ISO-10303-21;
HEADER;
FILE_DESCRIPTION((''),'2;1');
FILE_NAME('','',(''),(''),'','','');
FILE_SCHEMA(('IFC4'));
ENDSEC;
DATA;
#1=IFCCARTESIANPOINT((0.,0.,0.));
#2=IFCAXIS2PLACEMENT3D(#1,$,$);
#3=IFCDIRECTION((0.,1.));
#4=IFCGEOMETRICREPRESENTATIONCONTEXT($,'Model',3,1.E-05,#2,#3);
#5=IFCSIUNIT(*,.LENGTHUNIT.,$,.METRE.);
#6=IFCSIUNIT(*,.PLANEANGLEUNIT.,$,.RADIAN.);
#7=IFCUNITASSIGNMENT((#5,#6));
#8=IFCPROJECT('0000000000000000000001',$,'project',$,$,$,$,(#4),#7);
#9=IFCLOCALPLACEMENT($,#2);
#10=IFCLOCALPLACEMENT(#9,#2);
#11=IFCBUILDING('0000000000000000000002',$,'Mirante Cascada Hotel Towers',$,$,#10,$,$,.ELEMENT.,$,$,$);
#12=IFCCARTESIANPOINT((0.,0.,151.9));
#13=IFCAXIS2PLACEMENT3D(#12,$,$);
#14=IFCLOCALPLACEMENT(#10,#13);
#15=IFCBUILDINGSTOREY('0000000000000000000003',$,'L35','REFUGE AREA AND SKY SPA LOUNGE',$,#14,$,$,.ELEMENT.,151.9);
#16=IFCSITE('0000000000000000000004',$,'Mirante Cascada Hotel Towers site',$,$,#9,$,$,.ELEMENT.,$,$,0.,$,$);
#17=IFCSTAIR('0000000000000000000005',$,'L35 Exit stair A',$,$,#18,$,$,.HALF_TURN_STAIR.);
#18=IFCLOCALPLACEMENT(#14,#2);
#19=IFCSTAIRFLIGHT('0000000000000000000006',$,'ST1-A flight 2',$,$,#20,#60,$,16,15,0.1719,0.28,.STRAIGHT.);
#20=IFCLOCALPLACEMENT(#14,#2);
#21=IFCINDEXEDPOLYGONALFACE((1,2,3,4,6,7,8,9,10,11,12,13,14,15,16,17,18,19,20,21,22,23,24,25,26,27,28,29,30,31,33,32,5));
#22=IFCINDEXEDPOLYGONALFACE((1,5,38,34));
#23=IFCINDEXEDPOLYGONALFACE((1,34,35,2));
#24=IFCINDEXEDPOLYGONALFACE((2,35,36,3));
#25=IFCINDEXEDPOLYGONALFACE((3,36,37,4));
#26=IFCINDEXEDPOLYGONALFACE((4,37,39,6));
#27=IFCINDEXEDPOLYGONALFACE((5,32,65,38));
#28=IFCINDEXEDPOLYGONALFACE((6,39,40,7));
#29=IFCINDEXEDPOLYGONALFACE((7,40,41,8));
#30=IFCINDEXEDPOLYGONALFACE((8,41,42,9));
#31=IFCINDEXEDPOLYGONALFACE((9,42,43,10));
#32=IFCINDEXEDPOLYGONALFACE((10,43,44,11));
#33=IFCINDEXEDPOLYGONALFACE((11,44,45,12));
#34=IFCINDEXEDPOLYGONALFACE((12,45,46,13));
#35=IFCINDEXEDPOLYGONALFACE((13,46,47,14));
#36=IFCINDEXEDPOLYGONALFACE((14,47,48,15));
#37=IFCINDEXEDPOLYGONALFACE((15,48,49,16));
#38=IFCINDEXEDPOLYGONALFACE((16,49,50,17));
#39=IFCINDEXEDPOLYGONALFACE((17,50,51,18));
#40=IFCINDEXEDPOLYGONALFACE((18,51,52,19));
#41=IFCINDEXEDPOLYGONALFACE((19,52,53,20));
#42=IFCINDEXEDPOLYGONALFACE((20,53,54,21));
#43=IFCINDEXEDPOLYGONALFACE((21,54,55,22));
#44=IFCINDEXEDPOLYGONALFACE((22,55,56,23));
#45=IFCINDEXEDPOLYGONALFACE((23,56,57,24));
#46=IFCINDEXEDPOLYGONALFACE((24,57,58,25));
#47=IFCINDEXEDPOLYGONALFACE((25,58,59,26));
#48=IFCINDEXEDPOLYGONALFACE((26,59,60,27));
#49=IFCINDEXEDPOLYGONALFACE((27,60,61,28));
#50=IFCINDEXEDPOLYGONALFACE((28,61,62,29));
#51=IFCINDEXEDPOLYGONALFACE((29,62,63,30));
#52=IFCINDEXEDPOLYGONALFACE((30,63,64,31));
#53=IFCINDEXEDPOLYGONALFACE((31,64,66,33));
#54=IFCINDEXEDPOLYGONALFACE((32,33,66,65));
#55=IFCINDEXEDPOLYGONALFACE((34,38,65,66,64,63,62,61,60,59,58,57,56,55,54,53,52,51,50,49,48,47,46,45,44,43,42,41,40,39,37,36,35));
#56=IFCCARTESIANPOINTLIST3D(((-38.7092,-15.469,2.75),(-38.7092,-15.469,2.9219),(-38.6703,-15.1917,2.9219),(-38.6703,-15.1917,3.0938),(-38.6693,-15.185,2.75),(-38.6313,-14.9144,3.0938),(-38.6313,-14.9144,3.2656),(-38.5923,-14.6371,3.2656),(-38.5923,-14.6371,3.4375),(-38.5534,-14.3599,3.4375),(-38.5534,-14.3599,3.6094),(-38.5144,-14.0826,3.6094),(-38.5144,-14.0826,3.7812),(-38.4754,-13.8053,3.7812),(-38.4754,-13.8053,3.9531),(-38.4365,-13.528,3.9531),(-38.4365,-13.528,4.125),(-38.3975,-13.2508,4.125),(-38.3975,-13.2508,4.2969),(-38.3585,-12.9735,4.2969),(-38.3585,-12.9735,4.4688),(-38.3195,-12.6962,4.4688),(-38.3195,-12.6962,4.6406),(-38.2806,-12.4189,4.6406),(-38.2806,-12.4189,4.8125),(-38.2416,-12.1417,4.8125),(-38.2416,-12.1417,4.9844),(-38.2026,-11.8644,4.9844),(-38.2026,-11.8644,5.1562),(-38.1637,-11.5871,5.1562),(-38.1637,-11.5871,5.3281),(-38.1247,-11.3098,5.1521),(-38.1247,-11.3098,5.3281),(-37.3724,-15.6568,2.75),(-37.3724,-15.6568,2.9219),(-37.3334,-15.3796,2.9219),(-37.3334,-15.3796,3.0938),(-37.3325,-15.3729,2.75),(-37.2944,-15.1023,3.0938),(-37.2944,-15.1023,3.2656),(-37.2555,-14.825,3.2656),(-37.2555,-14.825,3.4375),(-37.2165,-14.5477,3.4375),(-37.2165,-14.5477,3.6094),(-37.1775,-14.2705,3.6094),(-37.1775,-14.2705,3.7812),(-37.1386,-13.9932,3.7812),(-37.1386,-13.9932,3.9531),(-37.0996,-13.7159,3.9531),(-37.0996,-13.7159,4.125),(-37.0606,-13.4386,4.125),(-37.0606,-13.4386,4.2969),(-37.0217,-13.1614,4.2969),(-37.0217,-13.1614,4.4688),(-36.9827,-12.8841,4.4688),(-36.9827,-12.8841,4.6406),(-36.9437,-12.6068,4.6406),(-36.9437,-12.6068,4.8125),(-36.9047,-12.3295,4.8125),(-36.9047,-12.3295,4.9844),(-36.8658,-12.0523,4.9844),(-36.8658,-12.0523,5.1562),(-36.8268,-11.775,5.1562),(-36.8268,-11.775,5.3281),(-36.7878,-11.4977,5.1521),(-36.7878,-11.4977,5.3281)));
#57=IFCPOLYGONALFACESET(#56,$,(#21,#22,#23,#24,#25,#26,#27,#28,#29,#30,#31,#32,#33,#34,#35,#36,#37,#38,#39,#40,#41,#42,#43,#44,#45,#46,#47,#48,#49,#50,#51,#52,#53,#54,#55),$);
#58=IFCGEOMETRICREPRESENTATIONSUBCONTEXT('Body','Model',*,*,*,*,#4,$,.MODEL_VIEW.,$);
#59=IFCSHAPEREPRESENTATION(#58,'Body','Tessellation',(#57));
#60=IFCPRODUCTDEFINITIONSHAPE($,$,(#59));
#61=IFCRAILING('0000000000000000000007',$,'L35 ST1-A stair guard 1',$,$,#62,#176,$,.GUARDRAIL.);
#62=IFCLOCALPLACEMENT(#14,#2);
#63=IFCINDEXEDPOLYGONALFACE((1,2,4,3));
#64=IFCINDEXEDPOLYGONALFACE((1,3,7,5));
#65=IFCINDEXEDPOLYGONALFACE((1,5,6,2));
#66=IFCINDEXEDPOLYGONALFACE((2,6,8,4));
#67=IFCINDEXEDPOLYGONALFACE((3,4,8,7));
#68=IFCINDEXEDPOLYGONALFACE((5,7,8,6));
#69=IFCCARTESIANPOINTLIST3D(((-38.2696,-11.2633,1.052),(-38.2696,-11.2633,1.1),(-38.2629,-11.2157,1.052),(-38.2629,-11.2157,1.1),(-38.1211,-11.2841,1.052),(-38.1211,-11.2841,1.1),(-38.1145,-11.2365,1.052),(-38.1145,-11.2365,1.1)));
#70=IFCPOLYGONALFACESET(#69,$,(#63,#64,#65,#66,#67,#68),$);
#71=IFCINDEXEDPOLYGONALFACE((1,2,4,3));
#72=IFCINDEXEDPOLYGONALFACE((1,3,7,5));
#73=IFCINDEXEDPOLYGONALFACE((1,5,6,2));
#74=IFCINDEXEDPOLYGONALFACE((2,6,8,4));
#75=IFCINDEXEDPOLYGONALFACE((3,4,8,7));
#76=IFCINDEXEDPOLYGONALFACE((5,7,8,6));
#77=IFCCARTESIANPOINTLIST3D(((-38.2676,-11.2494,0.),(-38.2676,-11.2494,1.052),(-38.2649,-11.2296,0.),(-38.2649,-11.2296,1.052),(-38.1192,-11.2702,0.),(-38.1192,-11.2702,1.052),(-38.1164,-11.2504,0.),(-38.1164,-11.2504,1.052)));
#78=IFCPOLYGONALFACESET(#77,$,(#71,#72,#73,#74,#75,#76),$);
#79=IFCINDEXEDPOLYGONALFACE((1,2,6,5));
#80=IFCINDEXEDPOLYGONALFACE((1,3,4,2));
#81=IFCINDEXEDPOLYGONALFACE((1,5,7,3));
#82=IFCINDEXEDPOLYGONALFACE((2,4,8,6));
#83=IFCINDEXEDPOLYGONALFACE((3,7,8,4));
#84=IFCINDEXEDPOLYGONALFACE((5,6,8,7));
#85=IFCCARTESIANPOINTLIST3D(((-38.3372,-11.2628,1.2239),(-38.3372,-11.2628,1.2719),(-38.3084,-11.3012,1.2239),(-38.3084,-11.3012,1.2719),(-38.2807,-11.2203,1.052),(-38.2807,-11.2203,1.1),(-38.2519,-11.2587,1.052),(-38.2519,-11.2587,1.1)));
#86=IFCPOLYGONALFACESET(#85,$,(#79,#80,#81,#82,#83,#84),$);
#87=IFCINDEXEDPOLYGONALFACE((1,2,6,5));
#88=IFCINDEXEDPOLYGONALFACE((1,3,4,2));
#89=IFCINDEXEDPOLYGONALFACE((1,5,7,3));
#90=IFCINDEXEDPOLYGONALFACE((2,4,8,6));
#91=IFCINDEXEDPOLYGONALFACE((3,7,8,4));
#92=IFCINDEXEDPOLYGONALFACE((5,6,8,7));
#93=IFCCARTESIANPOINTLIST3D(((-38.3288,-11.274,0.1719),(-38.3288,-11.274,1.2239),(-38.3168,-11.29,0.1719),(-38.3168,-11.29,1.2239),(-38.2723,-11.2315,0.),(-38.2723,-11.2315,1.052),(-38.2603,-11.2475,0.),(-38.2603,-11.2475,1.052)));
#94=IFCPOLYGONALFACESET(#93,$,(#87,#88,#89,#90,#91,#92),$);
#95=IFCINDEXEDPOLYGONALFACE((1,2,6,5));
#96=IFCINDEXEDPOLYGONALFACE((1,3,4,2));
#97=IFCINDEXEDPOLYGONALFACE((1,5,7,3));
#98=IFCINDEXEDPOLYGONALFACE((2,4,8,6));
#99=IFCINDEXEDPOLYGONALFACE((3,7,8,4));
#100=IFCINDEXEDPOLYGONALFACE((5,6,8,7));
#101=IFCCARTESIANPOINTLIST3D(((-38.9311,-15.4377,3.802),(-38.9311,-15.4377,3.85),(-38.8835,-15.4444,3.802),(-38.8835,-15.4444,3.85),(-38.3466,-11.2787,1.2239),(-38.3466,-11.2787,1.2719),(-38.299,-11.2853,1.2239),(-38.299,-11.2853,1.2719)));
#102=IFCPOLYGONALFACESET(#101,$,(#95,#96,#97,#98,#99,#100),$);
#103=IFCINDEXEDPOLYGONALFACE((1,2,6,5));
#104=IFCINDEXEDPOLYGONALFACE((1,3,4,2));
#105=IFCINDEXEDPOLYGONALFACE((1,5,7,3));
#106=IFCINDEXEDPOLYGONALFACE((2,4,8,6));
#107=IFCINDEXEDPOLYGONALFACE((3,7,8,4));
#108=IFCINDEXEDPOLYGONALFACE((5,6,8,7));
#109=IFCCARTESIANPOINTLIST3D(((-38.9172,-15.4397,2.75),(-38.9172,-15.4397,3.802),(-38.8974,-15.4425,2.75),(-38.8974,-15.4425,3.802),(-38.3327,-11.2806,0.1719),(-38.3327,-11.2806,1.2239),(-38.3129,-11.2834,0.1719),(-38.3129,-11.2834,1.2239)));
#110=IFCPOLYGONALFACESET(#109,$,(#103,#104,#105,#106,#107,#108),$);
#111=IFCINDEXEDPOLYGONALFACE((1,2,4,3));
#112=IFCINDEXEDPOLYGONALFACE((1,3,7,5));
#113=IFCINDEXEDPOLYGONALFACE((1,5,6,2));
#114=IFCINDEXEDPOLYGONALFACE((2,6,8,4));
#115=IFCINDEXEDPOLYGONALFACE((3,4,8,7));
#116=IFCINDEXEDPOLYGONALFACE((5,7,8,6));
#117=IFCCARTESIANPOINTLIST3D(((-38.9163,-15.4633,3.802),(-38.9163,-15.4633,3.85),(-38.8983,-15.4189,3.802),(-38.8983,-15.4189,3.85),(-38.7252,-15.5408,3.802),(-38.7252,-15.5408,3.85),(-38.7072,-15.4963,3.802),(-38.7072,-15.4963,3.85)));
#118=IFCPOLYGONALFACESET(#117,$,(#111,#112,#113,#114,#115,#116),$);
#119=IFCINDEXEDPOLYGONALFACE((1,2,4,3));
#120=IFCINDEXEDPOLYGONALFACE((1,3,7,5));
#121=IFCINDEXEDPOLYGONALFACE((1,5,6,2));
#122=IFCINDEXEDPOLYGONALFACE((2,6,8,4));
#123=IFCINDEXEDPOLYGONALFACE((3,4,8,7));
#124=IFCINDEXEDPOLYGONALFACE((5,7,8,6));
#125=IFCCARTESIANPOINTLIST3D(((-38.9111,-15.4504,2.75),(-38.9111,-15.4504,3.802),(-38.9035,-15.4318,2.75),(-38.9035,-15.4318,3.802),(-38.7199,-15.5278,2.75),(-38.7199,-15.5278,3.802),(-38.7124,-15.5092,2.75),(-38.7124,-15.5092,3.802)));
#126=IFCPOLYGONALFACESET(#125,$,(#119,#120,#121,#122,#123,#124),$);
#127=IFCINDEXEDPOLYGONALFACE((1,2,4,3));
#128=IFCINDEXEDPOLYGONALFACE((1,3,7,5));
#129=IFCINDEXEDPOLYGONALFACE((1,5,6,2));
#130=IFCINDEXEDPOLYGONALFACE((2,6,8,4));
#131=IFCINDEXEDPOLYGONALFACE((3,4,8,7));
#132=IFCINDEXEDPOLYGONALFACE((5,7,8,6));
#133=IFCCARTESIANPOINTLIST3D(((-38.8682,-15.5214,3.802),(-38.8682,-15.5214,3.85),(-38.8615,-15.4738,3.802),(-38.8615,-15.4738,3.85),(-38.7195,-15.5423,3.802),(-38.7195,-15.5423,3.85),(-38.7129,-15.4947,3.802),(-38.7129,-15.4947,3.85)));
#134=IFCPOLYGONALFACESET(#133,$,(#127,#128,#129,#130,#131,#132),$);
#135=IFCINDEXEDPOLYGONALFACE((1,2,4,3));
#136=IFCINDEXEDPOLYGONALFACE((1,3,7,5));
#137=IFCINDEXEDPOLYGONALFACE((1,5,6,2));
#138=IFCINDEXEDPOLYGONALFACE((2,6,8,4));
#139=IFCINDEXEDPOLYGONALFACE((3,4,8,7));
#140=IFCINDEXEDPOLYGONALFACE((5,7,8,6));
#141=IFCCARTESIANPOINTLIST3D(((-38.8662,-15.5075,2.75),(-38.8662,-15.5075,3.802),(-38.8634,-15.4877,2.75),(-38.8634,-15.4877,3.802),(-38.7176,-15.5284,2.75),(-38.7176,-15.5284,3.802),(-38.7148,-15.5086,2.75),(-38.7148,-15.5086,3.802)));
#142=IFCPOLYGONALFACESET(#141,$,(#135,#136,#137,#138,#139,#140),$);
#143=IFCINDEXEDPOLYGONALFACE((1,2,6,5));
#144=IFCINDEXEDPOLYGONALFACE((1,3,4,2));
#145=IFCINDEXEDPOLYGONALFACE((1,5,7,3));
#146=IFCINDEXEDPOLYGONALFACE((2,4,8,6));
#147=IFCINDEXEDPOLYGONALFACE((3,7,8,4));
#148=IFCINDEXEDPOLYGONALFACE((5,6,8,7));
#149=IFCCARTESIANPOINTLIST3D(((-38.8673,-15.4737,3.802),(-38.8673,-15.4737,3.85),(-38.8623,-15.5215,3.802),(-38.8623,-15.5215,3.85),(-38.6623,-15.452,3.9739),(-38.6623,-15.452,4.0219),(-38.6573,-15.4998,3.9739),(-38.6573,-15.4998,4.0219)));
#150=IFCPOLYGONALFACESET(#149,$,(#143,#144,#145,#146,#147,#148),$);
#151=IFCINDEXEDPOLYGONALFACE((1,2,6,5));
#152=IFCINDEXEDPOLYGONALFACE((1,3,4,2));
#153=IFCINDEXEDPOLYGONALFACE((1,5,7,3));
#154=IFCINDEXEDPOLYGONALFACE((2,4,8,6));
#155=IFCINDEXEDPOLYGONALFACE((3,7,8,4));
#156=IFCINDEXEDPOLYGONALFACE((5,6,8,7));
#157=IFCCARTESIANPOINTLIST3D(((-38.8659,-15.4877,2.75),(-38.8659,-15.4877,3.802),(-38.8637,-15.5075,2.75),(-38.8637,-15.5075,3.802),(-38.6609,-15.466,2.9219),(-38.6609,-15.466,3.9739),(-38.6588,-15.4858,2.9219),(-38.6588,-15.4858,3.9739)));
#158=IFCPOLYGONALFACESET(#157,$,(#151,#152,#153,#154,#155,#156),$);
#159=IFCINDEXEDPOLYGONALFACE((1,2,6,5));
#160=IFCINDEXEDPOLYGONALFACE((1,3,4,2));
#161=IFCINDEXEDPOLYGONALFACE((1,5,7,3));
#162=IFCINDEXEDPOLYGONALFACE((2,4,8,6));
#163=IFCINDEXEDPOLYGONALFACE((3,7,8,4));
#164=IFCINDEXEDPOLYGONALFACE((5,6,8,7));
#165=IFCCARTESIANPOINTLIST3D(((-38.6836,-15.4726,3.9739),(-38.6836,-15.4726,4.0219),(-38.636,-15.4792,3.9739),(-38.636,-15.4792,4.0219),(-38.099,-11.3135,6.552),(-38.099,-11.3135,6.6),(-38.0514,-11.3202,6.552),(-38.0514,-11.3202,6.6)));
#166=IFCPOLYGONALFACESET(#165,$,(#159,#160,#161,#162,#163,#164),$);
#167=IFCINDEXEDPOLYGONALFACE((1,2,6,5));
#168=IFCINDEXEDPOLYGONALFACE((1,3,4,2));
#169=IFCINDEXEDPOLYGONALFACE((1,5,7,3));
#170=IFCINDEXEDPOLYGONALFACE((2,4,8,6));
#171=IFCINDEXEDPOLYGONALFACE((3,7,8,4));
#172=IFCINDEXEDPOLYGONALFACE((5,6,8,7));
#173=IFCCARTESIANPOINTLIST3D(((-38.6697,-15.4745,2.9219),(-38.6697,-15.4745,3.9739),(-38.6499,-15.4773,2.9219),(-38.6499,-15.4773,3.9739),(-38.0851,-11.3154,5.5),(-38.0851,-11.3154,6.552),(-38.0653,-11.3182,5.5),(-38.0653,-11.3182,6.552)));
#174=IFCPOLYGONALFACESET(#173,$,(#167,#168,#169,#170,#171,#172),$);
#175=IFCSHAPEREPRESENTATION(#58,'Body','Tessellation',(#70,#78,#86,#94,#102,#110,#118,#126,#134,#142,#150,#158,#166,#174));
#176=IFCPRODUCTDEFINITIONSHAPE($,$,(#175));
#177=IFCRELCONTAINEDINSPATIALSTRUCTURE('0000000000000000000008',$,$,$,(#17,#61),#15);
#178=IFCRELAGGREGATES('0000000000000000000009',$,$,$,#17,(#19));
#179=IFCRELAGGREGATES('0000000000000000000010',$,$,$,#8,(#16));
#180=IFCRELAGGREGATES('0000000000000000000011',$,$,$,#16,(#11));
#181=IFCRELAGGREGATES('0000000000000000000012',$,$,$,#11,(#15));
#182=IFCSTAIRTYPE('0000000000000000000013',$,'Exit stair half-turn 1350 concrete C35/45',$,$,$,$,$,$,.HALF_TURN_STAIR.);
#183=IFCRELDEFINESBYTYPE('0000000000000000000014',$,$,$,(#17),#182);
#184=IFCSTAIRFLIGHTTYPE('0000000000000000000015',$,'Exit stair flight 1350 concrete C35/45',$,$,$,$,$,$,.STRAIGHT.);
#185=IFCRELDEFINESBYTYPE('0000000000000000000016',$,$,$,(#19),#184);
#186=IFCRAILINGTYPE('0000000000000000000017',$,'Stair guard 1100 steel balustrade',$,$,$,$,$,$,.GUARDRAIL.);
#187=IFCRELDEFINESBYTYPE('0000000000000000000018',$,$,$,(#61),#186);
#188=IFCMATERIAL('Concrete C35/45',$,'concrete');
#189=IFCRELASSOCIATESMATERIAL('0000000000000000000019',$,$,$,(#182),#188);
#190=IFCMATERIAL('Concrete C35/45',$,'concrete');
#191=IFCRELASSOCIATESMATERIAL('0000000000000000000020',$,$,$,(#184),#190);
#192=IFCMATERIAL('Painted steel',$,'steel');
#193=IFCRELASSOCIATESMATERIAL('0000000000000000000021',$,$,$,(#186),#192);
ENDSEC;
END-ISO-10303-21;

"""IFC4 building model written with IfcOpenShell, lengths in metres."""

from ifc_helpers import new_model, si_unit, direction, frame, origin, origin_2d, place, context, subcontext, project, spatial, polyline, rectangle, outline, extrude, material, type_object, element, aggregate, save


model = new_model("IFC4")

# Units and contexts
model_context = context("Model", 3, precision=1e-05, world=origin(), true_north=direction((0.0, 1.0)))
body_context = subcontext(model_context, "Body", "Model", "MODEL_VIEW")
ifc_project = project(units=[si_unit("LENGTHUNIT", "METRE"), si_unit("PLANEANGLEUNIT", "RADIAN")], contexts=[model_context])

# Site, building, storey
site_placement = place(None, origin())
site = spatial("IfcSite", under=ifc_project, at=site_placement, Name="Mirante Cascada Hotel Towers site", CompositionType="ELEMENT", RefElevation=0.0)
building_placement = place(site_placement, origin())
building = spatial("IfcBuilding", under=site, at=building_placement, Name="Mirante Cascada Hotel Towers", CompositionType="ELEMENT")
storey_placement = place(building_placement, frame((0.0, 0.0, 151.9)))
storey = spatial("IfcBuildingStorey", under=building, at=storey_placement, Name="L35", Description="REFUGE AREA AND SKY SPA LOUNGE", CompositionType="ELEMENT", Elevation=151.9)

# Stair, stair flight
ifc_material_1 = material(Name="Concrete C35/45", Category="concrete")
stair_type = type_object("IfcStairType", Name="Exit stair half-turn 1350 concrete C35/45", PredefinedType="HALF_TURN_STAIR", material=ifc_material_1)
stair_placement = place(storey_placement, origin())
stair = element("IfcStair", 1, at=stair_placement, inside=storey, type_object=stair_type, Name="L35 Exit stair A", PredefinedType="HALF_TURN_STAIR")
ifc_material_2 = material(Name="Concrete C35/45", Category="concrete")
stair_flight_type = type_object("IfcStairFlightType", Name="Exit stair flight 1350 concrete C35/45", PredefinedType="STRAIGHT", material=ifc_material_2)
stair_flight_1_placement = place(storey_placement, frame((-38.0408, -15.5629, 2.75), z_axis=(0.0, 0.0, 1.0), x_axis=(0.139173, 0.990268, 0.0)))
stair_flight_1 = element("IfcStairFlight", 2, at=stair_flight_1_placement, type_object=stair_flight_type, Name="ST1-A flight 2", NumberOfRisers=16, NumberOfTreads=15, PredefinedType="STRAIGHT", RiserHeight=0.1719, TreadLength=0.28, context=body_context, shape_type="SweptSolid", body=[
    extrude(outline(polyline([(0.0, 0.0), (0.0, 0.1719), (0.28, 0.1719), (0.28, 0.3438), (0.56, 0.3438), (0.56, 0.5156), (0.84, 0.5156), (0.84, 0.6875), (1.12, 0.6875), (1.12, 0.8594), (1.4, 0.8594), (1.4, 1.0312), (1.68, 1.0312), (1.68, 1.2031), (1.96, 1.2031), (1.96, 1.375), (2.24, 1.375), (2.24, 1.5469), (2.52, 1.5469), (2.52, 1.7188), (2.8, 1.7188), (2.8, 1.8906), (3.08, 1.8906), (3.08, 2.0625), (3.36, 2.0625), (3.36, 2.2344), (3.64, 2.2344), (3.64, 2.4062), (3.92, 2.4062), (3.92, 2.5781), (4.2, 2.5781), (4.2, 2.75), (4.2, 2.4021), (0.2867, 0.0), (0.0, 0.0)])), frame((0.0, 0.675, 0.0), z_axis=(0.0, -1.0, 0.0), x_axis=(1.0, 0.0, 0.0)), (0.0, 0.0, 1.0), 1.35),
])
aggregate(stair, [stair_flight_1])

# Railing
ifc_material_3 = material(Name="Painted steel", Category="steel")
railing_type_1 = type_object("IfcRailingType", Name="Stair guard 1100 steel balustrade", PredefinedType="GUARDRAIL", material=ifc_material_3)
railing_1_placement = place(storey_placement, frame((-38.1178, -11.2603, 0.0)))
element("IfcRailing", 3, at=railing_1_placement, inside=storey, type_object=railing_type_1, Name="L35 ST1-A stair guard 1", PredefinedType="GUARDRAIL", context=body_context, shape_type="SweptSolid", body=[
    extrude(rectangle(XDim=0.048, YDim=0.048, at=origin_2d()), frame((0.0, 0.0, 1.076), z_axis=(-0.990333, 0.138713, 0.0), x_axis=(-0.138713, -0.990333, 0.0)), (0.0, 0.0, 1.0), 0.1499),
    extrude(rectangle(XDim=0.02, YDim=1.052, at=origin_2d()), frame((0.0, 0.0, 0.526), z_axis=(-0.990333, 0.138713, 0.0), x_axis=(-0.138713, -0.990333, 0.0)), (0.0, 0.0, 1.0), 0.1499),
    extrude(rectangle(XDim=0.048, YDim=0.048, at=origin_2d()), frame((-0.1485, 0.0208, 1.076), z_axis=(-0.79915, -0.601131, 0.0), x_axis=(0.601131, -0.79915, 0.0)), (0.0, 0.924834, 0.380371), 0.1859),
    extrude(rectangle(XDim=0.02, YDim=1.052, at=origin_2d()), frame((-0.1485, 0.0208, 0.526), z_axis=(-0.79915, -0.601131, 0.0), x_axis=(0.601131, -0.79915, 0.0)), (0.0, 0.924834, 0.380371), 0.1859),
    extrude(rectangle(XDim=0.048, YDim=0.048, at=origin_2d()), frame((-0.205, -0.0217, 1.2479), z_axis=(-0.139168, -0.990269, 0.0), x_axis=(0.990269, -0.139168, 0.0)), (0.0, 0.523141, 0.852246), 4.9281),
    extrude(rectangle(XDim=0.02, YDim=1.052, at=origin_2d()), frame((-0.205, -0.0217, 0.6979), z_axis=(-0.139168, -0.990269, 0.0), x_axis=(0.990269, -0.139168, 0.0)), (0.0, 0.523141, 0.852246), 4.9281),
    extrude(rectangle(XDim=0.048, YDim=0.048, at=origin_2d()), frame((-0.7895, -4.1808, 3.826), z_axis=(0.926862, -0.375401, 0.0), x_axis=(0.375401, 0.926862, 0.0)), (0.0, 0.0, 1.0), 0.2062),
    extrude(rectangle(XDim=0.02, YDim=1.052, at=origin_2d()), frame((-0.7895, -4.1808, 3.276), z_axis=(0.926862, -0.375401, 0.0), x_axis=(0.375401, 0.926862, 0.0)), (0.0, 0.0, 1.0), 0.2062),
    extrude(rectangle(XDim=0.048, YDim=0.048, at=origin_2d()), frame((-0.5984, -4.2582, 3.826), z_axis=(-0.990254, 0.139275, 0.0), x_axis=(-0.139275, -0.990254, 0.0)), (0.0, 0.0, 1.0), 0.1501),
    extrude(rectangle(XDim=0.02, YDim=1.052, at=origin_2d()), frame((-0.5984, -4.2582, 3.276), z_axis=(-0.990254, 0.139275, 0.0), x_axis=(-0.139275, -0.990254, 0.0)), (0.0, 0.0, 1.0), 0.1501),
    extrude(rectangle(XDim=0.048, YDim=0.048, at=origin_2d()), frame((-0.747, -4.2373, 3.826), z_axis=(0.994444, 0.105266, 0.0), x_axis=(-0.105266, 0.994444, 0.0)), (0.0, 0.640431, 0.768016), 0.2684),
    extrude(rectangle(XDim=0.02, YDim=1.052, at=origin_2d()), frame((-0.747, -4.2373, 3.276), z_axis=(0.994444, 0.105266, 0.0), x_axis=(-0.105266, 0.994444, 0.0)), (0.0, 0.640431, 0.768016), 0.2684),
    extrude(rectangle(XDim=0.048, YDim=0.048, at=origin_2d()), frame((-0.542, -4.2156, 3.9979), z_axis=(0.139191, 0.990266, 0.0), x_axis=(-0.990266, 0.139191, 0.0)), (0.0, 0.52314, 0.852247), 4.9281),
    extrude(rectangle(XDim=0.02, YDim=1.052, at=origin_2d()), frame((-0.542, -4.2156, 3.4479), z_axis=(0.139191, 0.990266, 0.0), x_axis=(-0.990266, 0.139191, 0.0)), (0.0, 0.52314, 0.852247), 4.9281),
])

save(model, "model.ifc")
